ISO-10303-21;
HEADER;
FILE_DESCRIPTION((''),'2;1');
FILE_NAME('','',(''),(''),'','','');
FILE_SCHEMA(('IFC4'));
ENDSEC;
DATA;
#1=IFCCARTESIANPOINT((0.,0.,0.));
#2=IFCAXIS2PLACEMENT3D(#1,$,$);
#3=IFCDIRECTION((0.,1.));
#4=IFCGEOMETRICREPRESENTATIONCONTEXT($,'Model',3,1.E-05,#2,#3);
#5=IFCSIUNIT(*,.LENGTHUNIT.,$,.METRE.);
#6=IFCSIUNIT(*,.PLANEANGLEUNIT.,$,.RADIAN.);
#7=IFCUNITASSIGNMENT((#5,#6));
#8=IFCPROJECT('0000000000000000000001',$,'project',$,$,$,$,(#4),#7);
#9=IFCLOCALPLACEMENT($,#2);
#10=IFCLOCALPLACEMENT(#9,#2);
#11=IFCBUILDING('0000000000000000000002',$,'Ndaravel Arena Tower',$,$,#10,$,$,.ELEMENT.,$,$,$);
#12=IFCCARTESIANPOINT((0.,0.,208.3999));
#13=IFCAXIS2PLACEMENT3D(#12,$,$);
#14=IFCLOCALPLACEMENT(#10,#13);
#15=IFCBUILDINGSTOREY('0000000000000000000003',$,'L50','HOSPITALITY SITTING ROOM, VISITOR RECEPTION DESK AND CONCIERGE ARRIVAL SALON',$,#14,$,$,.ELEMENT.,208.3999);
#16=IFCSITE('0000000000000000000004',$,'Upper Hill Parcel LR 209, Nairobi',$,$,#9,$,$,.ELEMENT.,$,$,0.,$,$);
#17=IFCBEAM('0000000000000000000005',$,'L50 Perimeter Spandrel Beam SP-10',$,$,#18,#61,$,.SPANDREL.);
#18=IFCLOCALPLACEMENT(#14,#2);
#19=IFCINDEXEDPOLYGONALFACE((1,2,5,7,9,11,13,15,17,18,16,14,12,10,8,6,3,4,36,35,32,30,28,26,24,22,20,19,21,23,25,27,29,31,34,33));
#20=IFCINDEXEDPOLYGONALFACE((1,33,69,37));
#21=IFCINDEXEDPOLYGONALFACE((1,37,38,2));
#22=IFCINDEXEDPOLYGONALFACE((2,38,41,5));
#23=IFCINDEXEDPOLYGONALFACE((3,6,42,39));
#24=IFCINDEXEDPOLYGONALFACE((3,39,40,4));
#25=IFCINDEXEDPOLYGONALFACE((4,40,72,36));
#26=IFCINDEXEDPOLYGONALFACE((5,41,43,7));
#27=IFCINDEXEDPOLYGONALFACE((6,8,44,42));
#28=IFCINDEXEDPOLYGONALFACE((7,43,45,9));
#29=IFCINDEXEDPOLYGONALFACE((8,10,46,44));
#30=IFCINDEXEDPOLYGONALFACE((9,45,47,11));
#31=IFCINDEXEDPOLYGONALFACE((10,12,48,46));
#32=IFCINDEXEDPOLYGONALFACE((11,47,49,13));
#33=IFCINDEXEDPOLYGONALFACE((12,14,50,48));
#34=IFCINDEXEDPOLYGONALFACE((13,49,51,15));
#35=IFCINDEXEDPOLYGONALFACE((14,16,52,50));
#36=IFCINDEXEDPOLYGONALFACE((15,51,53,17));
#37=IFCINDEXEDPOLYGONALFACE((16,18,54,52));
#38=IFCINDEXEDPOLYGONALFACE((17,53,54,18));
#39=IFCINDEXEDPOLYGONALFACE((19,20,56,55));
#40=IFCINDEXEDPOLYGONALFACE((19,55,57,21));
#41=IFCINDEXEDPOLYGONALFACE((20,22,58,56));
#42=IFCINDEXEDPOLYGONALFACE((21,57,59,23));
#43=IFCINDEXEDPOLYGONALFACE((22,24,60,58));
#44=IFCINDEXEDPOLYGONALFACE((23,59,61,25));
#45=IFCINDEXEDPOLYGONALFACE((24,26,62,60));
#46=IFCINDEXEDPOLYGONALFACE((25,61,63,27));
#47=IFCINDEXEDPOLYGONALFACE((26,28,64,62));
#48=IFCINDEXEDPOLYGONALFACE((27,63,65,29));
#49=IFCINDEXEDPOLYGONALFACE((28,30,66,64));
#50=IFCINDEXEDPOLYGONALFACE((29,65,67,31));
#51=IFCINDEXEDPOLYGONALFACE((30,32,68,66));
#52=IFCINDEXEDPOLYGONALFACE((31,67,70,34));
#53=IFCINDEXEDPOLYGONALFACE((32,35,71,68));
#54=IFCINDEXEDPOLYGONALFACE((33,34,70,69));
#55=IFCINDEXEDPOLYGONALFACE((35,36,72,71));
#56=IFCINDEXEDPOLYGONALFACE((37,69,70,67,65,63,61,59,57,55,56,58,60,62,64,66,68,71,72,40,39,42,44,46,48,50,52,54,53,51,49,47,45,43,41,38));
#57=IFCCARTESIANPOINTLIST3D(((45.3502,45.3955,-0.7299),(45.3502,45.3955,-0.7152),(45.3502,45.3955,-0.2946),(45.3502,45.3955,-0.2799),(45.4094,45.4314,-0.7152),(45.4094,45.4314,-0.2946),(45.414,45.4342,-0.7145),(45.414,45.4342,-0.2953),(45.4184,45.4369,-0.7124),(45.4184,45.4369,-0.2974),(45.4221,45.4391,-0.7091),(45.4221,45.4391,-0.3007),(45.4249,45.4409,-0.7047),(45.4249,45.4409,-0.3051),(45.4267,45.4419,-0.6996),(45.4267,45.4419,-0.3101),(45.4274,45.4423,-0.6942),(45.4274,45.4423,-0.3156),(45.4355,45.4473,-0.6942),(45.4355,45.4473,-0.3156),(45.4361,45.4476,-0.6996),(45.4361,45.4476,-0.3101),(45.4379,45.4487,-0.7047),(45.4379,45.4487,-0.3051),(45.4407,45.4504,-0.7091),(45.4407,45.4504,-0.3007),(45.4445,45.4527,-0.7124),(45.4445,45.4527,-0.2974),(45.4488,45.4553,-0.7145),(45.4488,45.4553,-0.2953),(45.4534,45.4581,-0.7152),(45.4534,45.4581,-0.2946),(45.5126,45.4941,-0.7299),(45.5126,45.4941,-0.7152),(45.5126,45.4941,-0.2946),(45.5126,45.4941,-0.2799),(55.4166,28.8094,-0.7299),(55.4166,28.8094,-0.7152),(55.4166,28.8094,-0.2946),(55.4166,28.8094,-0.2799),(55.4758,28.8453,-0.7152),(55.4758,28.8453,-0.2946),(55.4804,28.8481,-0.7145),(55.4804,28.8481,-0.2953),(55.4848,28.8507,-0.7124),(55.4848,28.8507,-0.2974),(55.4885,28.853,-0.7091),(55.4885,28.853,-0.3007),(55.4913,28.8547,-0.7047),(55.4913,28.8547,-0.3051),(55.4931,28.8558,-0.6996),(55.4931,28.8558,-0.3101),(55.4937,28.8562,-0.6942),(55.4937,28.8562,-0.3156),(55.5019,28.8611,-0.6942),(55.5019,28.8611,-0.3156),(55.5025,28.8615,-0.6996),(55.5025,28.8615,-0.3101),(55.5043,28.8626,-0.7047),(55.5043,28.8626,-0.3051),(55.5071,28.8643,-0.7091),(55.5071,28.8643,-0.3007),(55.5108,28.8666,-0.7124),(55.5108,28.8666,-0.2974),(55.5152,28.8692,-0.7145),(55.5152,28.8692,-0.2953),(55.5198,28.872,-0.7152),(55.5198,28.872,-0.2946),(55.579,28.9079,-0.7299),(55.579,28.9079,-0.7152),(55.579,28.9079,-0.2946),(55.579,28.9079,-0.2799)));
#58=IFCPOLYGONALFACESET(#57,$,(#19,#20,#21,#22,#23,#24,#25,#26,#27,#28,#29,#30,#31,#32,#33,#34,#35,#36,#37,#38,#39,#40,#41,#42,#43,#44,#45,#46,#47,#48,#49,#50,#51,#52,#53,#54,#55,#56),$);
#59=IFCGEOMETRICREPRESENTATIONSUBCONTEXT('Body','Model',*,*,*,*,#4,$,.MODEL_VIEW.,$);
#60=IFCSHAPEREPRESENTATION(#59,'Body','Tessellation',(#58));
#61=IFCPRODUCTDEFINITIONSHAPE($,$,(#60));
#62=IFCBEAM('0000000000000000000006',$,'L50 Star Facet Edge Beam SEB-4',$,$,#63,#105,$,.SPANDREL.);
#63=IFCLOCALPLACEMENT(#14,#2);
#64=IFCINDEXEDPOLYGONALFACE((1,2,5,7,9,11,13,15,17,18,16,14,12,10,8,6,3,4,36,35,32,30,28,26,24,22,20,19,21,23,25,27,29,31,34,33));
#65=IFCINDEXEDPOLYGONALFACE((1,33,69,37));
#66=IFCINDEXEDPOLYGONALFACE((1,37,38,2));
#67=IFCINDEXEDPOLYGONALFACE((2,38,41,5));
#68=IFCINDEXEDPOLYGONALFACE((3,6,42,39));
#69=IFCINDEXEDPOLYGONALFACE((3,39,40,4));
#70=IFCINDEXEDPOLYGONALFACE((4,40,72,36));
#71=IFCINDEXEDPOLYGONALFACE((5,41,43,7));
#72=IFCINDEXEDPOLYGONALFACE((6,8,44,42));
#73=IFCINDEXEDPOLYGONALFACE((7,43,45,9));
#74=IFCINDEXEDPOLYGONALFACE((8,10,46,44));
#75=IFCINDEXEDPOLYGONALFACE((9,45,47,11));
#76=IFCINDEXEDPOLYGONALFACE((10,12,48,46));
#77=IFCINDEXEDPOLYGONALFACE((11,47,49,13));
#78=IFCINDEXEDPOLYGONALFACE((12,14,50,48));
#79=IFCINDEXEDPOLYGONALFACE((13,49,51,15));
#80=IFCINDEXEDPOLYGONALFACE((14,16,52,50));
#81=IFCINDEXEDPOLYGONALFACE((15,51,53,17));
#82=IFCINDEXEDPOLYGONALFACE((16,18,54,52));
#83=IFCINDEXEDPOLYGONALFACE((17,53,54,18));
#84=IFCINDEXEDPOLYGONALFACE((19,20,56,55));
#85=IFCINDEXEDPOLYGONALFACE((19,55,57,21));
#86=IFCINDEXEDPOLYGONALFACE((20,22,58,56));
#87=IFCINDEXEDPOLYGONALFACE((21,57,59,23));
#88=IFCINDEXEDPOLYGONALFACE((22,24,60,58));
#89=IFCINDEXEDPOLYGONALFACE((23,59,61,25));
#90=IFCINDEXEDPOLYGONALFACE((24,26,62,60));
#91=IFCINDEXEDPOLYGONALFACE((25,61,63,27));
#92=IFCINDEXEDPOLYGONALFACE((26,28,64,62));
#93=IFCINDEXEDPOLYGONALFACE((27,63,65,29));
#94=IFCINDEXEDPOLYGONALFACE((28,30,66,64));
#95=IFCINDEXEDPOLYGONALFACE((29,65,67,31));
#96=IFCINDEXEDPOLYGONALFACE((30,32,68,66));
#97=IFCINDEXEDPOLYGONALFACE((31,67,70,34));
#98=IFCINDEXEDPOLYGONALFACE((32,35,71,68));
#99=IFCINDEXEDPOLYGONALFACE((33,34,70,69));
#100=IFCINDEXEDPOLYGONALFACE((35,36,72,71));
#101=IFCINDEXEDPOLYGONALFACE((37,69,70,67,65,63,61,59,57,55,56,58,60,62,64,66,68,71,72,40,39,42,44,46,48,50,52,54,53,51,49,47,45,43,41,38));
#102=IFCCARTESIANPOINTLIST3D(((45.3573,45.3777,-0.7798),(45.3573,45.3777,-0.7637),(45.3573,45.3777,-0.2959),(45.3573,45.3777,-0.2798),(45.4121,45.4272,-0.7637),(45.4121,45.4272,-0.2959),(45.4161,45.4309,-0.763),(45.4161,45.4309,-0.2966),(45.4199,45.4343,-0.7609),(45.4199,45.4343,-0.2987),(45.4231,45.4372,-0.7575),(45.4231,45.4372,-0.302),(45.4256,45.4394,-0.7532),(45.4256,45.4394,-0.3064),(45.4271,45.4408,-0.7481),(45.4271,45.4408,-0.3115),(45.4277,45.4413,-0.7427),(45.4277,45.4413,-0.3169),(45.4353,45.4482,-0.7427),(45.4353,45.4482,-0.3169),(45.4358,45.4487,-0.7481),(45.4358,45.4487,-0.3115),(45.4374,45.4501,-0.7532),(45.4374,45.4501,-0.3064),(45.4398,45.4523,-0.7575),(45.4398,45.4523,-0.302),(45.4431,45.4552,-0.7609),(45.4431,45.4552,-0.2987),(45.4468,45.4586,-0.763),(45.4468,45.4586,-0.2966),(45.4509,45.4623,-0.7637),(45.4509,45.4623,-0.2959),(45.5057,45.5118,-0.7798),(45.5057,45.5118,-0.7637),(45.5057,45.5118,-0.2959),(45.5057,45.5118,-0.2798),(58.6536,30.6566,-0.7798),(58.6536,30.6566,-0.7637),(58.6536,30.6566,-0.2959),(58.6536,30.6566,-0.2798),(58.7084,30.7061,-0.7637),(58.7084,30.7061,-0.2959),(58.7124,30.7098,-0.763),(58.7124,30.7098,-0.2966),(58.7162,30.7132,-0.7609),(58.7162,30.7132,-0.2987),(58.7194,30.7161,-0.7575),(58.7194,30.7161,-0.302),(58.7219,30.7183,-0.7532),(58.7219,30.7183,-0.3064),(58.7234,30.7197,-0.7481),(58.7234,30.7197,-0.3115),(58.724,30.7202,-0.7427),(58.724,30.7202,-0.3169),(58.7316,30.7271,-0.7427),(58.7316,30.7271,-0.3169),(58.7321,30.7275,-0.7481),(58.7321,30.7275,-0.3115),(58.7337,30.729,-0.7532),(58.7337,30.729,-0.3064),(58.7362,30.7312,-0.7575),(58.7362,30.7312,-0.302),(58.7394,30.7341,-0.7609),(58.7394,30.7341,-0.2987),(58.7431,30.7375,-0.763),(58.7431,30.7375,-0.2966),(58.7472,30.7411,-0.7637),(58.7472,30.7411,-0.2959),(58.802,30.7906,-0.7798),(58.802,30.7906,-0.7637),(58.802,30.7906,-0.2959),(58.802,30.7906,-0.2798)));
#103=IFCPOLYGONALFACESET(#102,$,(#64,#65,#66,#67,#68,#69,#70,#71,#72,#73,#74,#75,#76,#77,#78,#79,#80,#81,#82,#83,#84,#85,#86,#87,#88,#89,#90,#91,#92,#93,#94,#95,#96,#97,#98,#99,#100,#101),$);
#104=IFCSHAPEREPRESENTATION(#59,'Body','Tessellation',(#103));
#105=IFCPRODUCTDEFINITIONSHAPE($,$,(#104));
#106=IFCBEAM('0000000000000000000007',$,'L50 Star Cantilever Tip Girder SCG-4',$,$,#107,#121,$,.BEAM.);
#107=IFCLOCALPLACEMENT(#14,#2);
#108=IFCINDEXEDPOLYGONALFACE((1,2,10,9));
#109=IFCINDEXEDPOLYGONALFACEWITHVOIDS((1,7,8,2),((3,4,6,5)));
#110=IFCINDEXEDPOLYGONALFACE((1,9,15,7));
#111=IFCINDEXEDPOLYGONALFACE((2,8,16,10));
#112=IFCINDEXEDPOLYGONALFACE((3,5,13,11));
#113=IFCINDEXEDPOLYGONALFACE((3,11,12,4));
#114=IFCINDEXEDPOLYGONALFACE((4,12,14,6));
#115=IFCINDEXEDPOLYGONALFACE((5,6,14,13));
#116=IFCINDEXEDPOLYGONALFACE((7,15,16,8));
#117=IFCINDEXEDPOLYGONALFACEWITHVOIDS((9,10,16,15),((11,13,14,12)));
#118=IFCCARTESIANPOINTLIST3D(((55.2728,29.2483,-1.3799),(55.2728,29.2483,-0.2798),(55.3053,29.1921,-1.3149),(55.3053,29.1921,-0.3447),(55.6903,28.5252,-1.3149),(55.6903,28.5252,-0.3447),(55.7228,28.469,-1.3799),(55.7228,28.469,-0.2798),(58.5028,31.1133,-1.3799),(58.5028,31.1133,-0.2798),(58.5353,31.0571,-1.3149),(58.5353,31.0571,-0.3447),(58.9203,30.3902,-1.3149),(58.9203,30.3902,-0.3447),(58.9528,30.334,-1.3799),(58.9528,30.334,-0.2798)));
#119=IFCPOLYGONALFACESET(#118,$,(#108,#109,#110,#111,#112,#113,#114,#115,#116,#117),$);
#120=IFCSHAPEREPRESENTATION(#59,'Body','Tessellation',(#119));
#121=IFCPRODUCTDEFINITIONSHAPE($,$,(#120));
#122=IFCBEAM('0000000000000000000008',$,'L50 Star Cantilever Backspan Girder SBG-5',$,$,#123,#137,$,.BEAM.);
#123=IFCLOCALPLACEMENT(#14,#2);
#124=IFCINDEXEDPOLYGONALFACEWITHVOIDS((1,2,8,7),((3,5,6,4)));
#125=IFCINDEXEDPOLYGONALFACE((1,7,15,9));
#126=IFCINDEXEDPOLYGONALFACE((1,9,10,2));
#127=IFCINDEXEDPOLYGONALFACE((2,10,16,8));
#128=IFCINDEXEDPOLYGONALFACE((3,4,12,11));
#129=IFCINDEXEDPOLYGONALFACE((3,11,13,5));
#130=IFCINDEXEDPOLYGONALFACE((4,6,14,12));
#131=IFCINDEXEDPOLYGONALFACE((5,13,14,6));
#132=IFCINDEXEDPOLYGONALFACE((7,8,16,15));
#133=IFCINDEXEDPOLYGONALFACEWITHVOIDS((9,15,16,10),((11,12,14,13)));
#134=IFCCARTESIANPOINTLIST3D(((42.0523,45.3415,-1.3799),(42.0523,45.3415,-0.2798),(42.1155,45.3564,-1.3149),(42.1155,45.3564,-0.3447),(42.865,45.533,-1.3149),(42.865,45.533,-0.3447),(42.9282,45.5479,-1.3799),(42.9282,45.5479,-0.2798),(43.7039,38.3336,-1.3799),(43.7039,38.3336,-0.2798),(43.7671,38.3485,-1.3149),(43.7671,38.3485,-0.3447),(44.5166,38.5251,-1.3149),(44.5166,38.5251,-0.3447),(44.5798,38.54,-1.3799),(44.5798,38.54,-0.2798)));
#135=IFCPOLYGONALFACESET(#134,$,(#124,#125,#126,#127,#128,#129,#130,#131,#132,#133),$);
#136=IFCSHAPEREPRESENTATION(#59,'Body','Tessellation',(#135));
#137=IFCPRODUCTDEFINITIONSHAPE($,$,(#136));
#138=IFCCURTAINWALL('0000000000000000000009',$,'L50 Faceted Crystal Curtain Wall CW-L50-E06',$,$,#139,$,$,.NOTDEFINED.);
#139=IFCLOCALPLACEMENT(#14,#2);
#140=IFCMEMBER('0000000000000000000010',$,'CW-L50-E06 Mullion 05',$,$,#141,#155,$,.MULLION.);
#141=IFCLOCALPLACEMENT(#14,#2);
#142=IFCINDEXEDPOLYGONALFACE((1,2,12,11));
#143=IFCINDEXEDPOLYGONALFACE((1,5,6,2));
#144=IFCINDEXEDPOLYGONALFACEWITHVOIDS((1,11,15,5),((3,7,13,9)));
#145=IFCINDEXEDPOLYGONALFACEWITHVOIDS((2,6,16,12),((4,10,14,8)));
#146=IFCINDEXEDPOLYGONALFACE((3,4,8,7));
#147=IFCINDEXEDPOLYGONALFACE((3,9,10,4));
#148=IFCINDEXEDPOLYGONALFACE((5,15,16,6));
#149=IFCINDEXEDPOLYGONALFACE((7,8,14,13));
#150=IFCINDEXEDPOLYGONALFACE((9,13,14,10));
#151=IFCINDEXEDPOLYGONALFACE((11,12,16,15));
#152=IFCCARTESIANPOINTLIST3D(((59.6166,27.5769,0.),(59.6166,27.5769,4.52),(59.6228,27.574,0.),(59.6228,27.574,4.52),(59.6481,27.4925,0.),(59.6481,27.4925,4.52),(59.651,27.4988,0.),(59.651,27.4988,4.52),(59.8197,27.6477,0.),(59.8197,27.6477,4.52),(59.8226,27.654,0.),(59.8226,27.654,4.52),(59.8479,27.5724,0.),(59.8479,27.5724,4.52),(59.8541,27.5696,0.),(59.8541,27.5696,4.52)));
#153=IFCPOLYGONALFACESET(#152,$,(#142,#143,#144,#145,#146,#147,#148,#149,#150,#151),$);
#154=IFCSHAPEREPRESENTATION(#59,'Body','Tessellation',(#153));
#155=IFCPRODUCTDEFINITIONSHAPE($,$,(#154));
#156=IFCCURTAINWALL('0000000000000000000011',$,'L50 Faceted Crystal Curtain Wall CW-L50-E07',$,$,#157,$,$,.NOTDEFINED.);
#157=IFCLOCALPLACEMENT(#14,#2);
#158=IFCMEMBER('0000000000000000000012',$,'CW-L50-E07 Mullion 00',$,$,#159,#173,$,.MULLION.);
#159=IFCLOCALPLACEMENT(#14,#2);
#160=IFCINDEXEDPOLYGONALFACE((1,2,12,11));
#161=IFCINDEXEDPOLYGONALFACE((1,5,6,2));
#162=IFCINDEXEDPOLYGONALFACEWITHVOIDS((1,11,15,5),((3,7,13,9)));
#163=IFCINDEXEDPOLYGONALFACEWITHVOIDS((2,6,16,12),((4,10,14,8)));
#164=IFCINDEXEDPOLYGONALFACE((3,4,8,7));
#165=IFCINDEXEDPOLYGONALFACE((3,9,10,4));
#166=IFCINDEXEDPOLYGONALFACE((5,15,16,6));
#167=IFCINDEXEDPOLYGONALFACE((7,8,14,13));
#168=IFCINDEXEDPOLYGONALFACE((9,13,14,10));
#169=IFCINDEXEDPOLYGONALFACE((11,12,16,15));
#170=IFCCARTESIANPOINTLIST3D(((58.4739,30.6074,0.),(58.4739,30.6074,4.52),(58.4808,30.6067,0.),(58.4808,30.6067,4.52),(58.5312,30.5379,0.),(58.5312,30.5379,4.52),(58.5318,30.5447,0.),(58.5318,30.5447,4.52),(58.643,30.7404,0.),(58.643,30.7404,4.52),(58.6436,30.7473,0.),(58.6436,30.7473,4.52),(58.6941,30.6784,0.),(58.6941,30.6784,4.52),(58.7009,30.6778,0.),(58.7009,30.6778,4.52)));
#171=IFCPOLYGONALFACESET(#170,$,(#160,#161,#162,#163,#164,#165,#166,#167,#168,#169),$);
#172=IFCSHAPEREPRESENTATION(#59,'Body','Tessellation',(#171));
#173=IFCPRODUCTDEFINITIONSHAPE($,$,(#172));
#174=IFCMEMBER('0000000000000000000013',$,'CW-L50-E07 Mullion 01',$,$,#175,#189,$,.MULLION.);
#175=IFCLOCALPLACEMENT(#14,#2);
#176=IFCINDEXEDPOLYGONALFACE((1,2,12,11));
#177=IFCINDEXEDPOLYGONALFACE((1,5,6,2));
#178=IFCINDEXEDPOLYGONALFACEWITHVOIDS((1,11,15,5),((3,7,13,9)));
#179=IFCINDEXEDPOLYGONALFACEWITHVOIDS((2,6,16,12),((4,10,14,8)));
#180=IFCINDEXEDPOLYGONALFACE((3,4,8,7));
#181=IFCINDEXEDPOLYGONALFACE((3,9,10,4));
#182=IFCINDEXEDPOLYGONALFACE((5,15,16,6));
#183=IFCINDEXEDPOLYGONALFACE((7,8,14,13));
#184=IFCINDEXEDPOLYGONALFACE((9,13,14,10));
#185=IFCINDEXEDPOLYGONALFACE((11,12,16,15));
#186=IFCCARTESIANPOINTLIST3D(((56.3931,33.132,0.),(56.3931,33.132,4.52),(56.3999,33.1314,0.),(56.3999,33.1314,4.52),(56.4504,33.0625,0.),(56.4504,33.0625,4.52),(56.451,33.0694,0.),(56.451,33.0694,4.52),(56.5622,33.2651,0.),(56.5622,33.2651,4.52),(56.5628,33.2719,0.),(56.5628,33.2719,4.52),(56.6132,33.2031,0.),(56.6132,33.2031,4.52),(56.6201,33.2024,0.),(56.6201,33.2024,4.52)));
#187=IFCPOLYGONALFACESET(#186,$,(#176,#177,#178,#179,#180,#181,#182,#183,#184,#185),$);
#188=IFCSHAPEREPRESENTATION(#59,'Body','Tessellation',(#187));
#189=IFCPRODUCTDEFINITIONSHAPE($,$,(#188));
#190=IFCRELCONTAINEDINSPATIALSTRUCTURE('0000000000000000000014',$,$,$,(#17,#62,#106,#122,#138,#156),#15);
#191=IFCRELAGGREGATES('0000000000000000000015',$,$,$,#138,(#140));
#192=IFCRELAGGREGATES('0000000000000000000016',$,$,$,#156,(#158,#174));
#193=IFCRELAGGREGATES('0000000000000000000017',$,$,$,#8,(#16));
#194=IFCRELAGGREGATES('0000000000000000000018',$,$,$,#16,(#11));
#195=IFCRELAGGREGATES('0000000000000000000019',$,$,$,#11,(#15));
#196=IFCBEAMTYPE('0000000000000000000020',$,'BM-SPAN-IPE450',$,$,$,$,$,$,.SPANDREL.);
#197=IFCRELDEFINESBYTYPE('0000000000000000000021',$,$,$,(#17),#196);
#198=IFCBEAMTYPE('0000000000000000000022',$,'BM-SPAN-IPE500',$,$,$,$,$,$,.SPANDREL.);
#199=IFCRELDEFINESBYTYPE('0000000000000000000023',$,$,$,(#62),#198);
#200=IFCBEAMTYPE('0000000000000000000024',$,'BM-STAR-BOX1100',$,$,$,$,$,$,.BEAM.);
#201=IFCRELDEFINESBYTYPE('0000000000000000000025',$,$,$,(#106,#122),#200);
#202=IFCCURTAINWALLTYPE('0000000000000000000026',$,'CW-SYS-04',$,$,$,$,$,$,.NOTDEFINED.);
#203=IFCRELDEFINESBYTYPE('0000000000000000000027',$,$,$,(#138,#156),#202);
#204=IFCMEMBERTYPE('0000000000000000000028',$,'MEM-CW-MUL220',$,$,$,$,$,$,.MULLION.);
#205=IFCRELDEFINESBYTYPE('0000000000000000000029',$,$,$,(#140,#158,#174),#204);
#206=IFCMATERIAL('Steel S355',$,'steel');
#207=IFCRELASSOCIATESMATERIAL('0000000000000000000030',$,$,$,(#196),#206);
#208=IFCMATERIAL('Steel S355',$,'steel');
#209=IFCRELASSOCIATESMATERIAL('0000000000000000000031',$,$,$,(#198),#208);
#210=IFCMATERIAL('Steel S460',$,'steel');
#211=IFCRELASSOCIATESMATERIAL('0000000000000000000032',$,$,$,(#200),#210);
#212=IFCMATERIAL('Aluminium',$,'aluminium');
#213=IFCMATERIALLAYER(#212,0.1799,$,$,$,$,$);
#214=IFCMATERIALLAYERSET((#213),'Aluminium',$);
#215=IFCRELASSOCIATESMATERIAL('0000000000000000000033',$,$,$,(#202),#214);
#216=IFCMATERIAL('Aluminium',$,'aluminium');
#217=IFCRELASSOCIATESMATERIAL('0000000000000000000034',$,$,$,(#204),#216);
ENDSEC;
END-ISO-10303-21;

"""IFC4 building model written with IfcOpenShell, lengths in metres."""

from ifc_helpers import new_model, si_unit, direction, frame, origin, origin_2d, place, context, subcontext, project, spatial, hollow_rectangle, i_section, extrude, material, layer, layer_set, material_profile, profile_set, type_object, element, aggregate, save


model = new_model("IFC4")

# Units and contexts
model_context = context("Model", 3, precision=1e-05, world=origin(), true_north=direction((0.0, 1.0)))
body_context = subcontext(model_context, "Body", "Model", "MODEL_VIEW")
ifc_project = project(units=[si_unit("LENGTHUNIT", "METRE"), si_unit("PLANEANGLEUNIT", "RADIAN")], contexts=[model_context])

# Site, building, storey
site_placement = place(None, origin())
site = spatial("IfcSite", under=ifc_project, at=site_placement, Name="Upper Hill Parcel LR 209, Nairobi", CompositionType="ELEMENT", RefElevation=0.0)
building_placement = place(site_placement, origin())
building = spatial("IfcBuilding", under=site, at=building_placement, Name="Ndaravel Arena Tower", CompositionType="ELEMENT")
storey_placement = place(building_placement, frame((0.0, 0.0, 208.3999)))
storey = spatial("IfcBuildingStorey", under=building, at=storey_placement, Name="L50", Description="HOSPITALITY SITTING ROOM, VISITOR RECEPTION DESK AND CONCIERGE ARRIVAL SALON", CompositionType="ELEMENT", Elevation=208.3999)

# Beams
ifc_material_1 = material(Name="Steel S355", Category="steel")
ifc_material_profile_1 = material_profile(ifc_material_1, i_section(OverallWidth=0.1899, OverallDepth=0.45, WebThickness=0.0095, FlangeThickness=0.0146, FilletRadius=0.021, at=origin_2d()), Name="IPE 450")
ifc_profile_set_1 = profile_set([ifc_material_profile_1], Name="Steel S355")
beam_type_1 = type_object("IfcBeamType", Name="BM-SPAN-IPE450", PredefinedType="SPANDREL", material=ifc_profile_set_1)
beam_1_placement = place(storey_placement, frame((55.4978, 28.8586, -0.5049), z_axis=(-0.518836, 0.854874, 0.0), x_axis=(-0.854874, -0.518836, 0.0)))
element("IfcBeam", 1, at=beam_1_placement, inside=storey, type_object=beam_type_1, Name="L50 Perimeter Spandrel Beam SP-10", PredefinedType="SPANDREL", context=body_context, shape_type="SweptSolid", body=[
    extrude(i_section(OverallWidth=0.1899, OverallDepth=0.45, WebThickness=0.0095, FlangeThickness=0.0146, FilletRadius=0.021, at=origin_2d()), origin(), (0.0, 0.0, 1.0), 19.4019),
])
ifc_material_2 = material(Name="Steel S355", Category="steel")
ifc_material_profile_2 = material_profile(ifc_material_2, i_section(OverallWidth=0.2, OverallDepth=0.5, WebThickness=0.0103, FlangeThickness=0.0161, FilletRadius=0.021, at=origin_2d()), Name="IPE 500")
ifc_profile_set_2 = profile_set([ifc_material_profile_2], Name="Steel S355")
beam_type_2 = type_object("IfcBeamType", Name="BM-SPAN-IPE500", PredefinedType="SPANDREL", material=ifc_profile_set_2)
beam_2_placement = place(storey_placement, frame((58.7278, 30.7236, -0.5298), z_axis=(-0.670281, 0.742107, 0.0), x_axis=(-0.742107, -0.670281, 0.0)))
element("IfcBeam", 2, at=beam_2_placement, inside=storey, type_object=beam_type_2, Name="L50 Star Facet Edge Beam SEB-4", PredefinedType="SPANDREL", context=body_context, shape_type="SweptSolid", body=[
    extrude(i_section(OverallWidth=0.2, OverallDepth=0.5, WebThickness=0.0103, FlangeThickness=0.0161, FilletRadius=0.021, at=origin_2d()), origin(), (0.0, 0.0, 1.0), 19.8369),
])
ifc_material_3 = material(Name="Steel S460", Category="steel")
ifc_material_profile_3 = material_profile(ifc_material_3, hollow_rectangle(XDim=0.8999, YDim=1.1001, WallThickness=0.0649, at=origin_2d()), Name="BOX 1100x900x65")
ifc_profile_set_3 = profile_set([ifc_material_profile_3], Name="Steel S460")
beam_type_3 = type_object("IfcBeamType", Name="BM-STAR-BOX1100", PredefinedType="BEAM", material=ifc_profile_set_3)
beam_3_placement = place(storey_placement, frame((55.4978, 28.8586, -0.8298), z_axis=(0.866007, 0.500032, 0.0), x_axis=(-0.500032, 0.866007, 0.0)))
element("IfcBeam", 3, at=beam_3_placement, inside=storey, type_object=beam_type_3, Name="L50 Star Cantilever Tip Girder SCG-4", PredefinedType="BEAM", context=body_context, shape_type="SweptSolid", body=[
    extrude(hollow_rectangle(XDim=0.8999, YDim=1.1001, WallThickness=0.0649, at=origin_2d()), origin(), (0.0, 0.0, 1.0), 3.7297),
])
beam_4_placement = place(storey_placement, frame((44.1418, 38.4368, -0.8298), z_axis=(-0.229389, 0.973335, 0.0), x_axis=(-0.973335, -0.229389, 0.0)))
element("IfcBeam", 4, at=beam_4_placement, inside=storey, type_object=beam_type_3, Name="L50 Star Cantilever Backspan Girder SBG-5", PredefinedType="BEAM", context=body_context, shape_type="SweptSolid", body=[
    extrude(hollow_rectangle(XDim=0.8999, YDim=1.1001, WallThickness=0.0649, at=origin_2d()), origin(), (0.0, 0.0, 1.0), 7.2),
])

# Curtain wall, member
ifc_material_4 = material(Name="Aluminium", Category="aluminium")
ifc_layer_1 = layer(ifc_material_4, 0.1799)
ifc_layer_set_1 = layer_set([ifc_layer_1], Name="Aluminium")
curtain_wall_type = type_object("IfcCurtainWallType", Name="CW-SYS-04", PredefinedType="NOTDEFINED", material=ifc_layer_set_1)
curtain_wall_1_placement = place(storey_placement, origin())
curtain_wall_1 = element("IfcCurtainWall", 5, at=curtain_wall_1_placement, inside=storey, type_object=curtain_wall_type, Name="L50 Faceted Crystal Curtain Wall CW-L50-E06", PredefinedType="NOTDEFINED")
ifc_material_5 = material(Name="Aluminium", Category="aluminium")
ifc_material_profile_4 = material_profile(ifc_material_5, hollow_rectangle(XDim=0.0901, YDim=0.22, WallThickness=0.0049, at=origin_2d()), Name="CW MULLION 90x220x5")
ifc_profile_set_4 = profile_set([ifc_material_profile_4], Name="Aluminium")
member_type_1 = type_object("IfcMemberType", Name="MEM-CW-MUL220", PredefinedType="MULLION", material=ifc_profile_set_4)
member_1_placement = place(storey_placement, frame((59.7354, 27.5732, 0.0), z_axis=(0.0, 0.0, 1.0), x_axis=(-0.350273, 0.936648, 0.0)))
member_1 = element("IfcMember", 6, at=member_1_placement, type_object=member_type_1, Name="CW-L50-E06 Mullion 05", PredefinedType="MULLION", context=body_context, shape_type="SweptSolid", body=[
    extrude(hollow_rectangle(XDim=0.0901, YDim=0.22, WallThickness=0.0049, at=origin_2d()), origin(), (0.0, 0.0, 1.0), 4.52),
])

# Curtain wall, members
curtain_wall_2_placement = place(storey_placement, origin())
curtain_wall_2 = element("IfcCurtainWall", 7, at=curtain_wall_2_placement, inside=storey, type_object=curtain_wall_type, Name="L50 Faceted Crystal Curtain Wall CW-L50-E07", PredefinedType="NOTDEFINED")
member_2_placement = place(storey_placement, frame((58.5874, 30.6426, 0.0), z_axis=(0.0, 0.0, 1.0), x_axis=(-0.636024, 0.771669, 0.0)))
member_2 = element("IfcMember", 8, at=member_2_placement, type_object=member_type_1, Name="CW-L50-E07 Mullion 00", PredefinedType="MULLION", context=body_context, shape_type="SweptSolid", body=[
    extrude(hollow_rectangle(XDim=0.0901, YDim=0.22, WallThickness=0.0049, at=origin_2d()), origin(), (0.0, 0.0, 1.0), 4.52),
])
member_3_placement = place(storey_placement, frame((56.5066, 33.1672, 0.0), z_axis=(0.0, 0.0, 1.0), x_axis=(-0.636024, 0.771669, 0.0)))
member_3 = element("IfcMember", 9, at=member_3_placement, type_object=member_type_1, Name="CW-L50-E07 Mullion 01", PredefinedType="MULLION", context=body_context, shape_type="SweptSolid", body=[
    extrude(hollow_rectangle(XDim=0.0901, YDim=0.22, WallThickness=0.0049, at=origin_2d()), origin(), (0.0, 0.0, 1.0), 4.52),
])

aggregate(curtain_wall_1, [member_1])
aggregate(curtain_wall_2, [member_2, member_3])

save(model, "model.ifc")
